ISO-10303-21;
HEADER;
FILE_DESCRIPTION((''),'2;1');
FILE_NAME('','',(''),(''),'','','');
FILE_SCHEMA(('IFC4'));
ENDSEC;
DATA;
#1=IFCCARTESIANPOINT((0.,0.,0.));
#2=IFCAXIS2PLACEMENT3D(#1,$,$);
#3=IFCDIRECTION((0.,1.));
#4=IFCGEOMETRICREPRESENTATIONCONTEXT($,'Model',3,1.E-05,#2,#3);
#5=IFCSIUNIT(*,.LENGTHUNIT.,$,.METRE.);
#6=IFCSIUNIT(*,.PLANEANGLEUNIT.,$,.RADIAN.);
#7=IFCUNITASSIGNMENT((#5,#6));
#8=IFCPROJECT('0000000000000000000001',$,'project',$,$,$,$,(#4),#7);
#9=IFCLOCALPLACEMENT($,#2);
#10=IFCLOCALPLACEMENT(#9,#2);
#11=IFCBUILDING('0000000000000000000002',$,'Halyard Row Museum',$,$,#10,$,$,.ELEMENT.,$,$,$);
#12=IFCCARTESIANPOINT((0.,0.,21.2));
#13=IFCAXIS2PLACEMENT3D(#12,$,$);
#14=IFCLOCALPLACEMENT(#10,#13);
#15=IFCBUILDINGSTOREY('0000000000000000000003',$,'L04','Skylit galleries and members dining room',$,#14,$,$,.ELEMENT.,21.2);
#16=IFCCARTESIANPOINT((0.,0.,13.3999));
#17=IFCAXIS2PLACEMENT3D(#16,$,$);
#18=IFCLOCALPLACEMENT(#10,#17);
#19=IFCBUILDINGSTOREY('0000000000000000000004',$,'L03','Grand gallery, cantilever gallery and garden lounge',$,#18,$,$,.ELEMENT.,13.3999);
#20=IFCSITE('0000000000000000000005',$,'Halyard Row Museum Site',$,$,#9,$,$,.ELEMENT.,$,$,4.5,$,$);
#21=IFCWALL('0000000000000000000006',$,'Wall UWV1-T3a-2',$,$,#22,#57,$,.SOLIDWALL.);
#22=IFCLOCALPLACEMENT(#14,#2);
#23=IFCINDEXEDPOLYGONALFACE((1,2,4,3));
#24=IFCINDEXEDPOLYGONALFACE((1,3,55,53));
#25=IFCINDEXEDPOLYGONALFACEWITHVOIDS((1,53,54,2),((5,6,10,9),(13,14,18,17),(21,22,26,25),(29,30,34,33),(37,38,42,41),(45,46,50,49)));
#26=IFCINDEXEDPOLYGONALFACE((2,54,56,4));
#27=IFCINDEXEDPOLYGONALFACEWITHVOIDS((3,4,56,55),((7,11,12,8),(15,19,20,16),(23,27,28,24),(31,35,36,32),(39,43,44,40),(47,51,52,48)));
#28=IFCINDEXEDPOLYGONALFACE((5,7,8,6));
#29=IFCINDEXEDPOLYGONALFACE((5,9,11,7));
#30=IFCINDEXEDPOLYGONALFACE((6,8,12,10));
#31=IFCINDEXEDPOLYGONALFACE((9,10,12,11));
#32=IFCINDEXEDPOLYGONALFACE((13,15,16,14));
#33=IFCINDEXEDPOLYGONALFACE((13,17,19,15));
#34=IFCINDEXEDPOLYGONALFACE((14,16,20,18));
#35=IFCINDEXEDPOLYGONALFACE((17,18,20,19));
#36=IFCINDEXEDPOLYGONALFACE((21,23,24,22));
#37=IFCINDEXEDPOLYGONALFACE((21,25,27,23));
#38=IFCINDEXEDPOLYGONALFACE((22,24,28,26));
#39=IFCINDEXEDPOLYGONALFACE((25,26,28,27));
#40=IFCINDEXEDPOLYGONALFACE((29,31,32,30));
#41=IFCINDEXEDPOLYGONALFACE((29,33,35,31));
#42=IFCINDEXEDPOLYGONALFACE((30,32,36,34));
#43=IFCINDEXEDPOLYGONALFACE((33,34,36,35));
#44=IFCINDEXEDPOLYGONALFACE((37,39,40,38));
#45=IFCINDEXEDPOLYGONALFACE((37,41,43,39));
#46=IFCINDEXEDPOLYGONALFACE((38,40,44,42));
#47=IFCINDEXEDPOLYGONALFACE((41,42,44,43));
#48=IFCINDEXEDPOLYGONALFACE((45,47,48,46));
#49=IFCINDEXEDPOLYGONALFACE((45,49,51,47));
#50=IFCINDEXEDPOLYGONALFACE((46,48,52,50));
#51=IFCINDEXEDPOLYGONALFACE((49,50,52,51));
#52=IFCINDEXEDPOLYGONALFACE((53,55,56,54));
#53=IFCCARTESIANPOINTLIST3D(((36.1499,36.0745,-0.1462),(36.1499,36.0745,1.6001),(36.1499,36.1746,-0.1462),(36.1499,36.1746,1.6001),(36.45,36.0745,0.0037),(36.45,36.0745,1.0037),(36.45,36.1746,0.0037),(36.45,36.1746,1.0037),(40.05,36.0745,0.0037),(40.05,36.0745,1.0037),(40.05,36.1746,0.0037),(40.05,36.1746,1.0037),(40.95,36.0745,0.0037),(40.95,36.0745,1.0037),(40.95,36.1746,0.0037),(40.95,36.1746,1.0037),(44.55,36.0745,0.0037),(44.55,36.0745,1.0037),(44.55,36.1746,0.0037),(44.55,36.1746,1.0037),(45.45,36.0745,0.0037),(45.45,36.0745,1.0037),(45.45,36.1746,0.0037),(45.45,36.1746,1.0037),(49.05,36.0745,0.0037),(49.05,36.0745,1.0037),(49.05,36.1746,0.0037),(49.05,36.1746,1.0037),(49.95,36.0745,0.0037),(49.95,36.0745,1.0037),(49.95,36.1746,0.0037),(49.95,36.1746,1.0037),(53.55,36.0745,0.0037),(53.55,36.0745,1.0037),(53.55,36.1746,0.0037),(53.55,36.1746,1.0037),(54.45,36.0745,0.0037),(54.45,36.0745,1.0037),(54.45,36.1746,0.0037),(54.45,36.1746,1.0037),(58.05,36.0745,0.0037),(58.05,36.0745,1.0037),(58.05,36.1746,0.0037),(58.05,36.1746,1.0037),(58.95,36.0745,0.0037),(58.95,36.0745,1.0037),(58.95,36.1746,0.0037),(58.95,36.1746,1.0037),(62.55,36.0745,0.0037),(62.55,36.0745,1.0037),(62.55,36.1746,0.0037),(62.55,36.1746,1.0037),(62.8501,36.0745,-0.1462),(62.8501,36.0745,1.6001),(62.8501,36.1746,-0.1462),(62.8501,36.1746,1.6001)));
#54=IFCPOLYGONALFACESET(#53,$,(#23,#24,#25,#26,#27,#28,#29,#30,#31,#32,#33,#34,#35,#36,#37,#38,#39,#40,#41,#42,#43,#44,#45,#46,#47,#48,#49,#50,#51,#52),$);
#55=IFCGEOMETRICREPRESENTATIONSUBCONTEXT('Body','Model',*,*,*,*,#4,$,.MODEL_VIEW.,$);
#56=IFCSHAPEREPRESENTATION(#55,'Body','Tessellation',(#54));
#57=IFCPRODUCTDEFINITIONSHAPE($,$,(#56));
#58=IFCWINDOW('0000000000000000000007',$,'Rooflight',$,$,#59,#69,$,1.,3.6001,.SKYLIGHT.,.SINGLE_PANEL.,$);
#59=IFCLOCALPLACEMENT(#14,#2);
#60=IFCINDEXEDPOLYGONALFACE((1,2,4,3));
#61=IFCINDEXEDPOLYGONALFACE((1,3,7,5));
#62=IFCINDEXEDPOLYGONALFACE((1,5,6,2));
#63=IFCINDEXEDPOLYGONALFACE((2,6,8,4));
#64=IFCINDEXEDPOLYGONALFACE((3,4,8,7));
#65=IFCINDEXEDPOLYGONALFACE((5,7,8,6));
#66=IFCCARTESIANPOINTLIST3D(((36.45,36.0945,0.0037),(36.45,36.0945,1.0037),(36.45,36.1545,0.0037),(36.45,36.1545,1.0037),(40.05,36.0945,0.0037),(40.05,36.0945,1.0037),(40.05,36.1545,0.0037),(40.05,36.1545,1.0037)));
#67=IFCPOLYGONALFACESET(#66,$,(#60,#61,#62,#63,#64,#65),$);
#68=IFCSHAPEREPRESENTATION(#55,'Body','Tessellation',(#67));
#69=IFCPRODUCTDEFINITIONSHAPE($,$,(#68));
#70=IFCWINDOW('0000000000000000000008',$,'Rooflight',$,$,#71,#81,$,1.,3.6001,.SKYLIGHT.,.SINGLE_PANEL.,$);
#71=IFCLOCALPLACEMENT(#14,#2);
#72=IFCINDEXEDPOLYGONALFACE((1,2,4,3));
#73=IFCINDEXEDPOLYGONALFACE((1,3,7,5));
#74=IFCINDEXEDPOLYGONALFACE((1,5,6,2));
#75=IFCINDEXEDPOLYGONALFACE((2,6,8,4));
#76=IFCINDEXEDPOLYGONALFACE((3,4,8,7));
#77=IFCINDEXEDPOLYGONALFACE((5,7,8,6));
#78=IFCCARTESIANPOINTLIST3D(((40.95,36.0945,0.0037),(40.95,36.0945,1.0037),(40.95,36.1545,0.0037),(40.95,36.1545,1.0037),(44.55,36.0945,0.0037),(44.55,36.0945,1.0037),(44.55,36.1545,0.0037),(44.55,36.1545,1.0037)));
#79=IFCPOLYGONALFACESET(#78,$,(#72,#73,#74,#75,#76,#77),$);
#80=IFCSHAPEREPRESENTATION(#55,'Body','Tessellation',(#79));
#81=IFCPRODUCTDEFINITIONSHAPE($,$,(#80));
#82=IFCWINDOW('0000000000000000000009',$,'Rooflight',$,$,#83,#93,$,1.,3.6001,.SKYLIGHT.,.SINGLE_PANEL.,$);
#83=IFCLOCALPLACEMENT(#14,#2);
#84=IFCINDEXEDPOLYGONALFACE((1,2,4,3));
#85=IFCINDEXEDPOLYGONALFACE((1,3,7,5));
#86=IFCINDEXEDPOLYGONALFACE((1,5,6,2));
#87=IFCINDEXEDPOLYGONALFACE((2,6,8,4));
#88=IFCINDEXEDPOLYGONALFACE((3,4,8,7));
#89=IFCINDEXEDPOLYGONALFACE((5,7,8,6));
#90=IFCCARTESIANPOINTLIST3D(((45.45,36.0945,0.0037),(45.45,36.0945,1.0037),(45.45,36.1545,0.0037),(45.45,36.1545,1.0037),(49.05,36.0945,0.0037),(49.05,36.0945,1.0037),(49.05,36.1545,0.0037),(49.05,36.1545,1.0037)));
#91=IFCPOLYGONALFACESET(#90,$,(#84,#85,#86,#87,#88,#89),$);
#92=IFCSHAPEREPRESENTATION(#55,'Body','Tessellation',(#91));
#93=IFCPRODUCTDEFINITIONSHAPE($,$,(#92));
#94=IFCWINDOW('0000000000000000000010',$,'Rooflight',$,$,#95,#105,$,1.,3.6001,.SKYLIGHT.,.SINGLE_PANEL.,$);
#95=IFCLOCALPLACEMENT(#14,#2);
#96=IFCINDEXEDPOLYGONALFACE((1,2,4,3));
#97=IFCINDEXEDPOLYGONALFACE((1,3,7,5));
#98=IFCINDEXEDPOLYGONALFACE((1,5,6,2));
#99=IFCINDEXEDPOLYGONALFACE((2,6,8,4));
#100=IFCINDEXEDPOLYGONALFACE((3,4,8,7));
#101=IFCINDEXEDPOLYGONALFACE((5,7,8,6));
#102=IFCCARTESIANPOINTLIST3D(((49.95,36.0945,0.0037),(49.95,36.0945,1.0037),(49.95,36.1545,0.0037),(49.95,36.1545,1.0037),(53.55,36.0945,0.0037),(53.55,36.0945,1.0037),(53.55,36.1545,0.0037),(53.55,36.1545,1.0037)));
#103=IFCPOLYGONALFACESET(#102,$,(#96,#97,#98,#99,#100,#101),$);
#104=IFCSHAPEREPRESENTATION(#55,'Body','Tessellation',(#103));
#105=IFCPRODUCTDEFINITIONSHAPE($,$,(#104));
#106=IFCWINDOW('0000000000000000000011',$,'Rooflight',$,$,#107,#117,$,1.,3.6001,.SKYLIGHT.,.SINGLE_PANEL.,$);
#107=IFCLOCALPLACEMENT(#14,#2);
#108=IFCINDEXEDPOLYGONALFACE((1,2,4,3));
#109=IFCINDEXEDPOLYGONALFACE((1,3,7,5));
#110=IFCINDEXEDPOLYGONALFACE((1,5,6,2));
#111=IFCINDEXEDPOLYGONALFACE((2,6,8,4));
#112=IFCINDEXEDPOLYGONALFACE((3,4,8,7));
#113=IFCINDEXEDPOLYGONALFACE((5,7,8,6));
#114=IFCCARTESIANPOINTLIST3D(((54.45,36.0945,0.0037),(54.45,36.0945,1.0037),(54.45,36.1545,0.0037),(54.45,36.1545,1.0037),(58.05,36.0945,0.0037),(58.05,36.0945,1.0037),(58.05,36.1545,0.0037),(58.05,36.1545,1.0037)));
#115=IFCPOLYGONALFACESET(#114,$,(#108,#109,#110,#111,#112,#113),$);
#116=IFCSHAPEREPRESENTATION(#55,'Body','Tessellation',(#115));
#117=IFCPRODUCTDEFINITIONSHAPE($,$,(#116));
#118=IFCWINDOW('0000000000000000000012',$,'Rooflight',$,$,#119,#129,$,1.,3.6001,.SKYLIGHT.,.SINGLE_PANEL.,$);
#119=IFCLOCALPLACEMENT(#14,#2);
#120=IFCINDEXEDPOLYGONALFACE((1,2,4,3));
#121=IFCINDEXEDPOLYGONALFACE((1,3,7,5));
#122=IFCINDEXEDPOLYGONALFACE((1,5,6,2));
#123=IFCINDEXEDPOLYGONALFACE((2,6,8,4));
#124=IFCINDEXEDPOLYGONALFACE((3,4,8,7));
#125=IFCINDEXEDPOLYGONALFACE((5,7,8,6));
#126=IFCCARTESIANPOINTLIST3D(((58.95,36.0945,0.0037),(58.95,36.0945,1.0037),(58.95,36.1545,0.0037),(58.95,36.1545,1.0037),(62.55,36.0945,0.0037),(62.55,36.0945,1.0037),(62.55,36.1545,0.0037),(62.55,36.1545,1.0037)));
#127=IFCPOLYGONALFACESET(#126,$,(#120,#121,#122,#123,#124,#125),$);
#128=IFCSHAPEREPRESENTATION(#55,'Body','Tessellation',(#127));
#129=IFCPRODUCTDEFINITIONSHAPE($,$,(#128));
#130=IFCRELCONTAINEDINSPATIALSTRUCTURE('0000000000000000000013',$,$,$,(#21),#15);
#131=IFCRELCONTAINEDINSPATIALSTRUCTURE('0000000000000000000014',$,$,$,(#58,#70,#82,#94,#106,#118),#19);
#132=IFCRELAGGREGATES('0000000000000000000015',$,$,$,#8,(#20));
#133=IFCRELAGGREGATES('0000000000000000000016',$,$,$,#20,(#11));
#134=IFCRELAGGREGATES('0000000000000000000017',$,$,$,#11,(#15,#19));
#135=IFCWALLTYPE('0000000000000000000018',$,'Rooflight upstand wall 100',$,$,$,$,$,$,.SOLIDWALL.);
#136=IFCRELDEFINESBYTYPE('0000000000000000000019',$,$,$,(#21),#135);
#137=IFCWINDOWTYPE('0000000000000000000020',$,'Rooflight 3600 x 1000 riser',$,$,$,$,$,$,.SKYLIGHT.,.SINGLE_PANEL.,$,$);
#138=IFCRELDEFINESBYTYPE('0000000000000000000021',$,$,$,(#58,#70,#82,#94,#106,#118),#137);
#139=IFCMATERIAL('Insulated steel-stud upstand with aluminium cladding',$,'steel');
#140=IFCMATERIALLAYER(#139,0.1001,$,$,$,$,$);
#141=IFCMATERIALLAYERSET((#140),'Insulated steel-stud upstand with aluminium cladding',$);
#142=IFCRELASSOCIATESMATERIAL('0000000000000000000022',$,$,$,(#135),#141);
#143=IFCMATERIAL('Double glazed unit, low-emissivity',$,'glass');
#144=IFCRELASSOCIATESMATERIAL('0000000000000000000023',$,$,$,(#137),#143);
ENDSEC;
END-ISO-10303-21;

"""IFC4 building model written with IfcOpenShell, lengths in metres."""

from ifc_helpers import new_model, si_unit, direction, frame, frame_2d, origin, place, context, subcontext, project, spatial, rectangle, extrude, material, layer, layer_set, type_object, element, fill, save


model = new_model("IFC4")

# Units and contexts
model_context = context("Model", 3, precision=1e-05, world=origin(), true_north=direction((0.0, 1.0)))
body_context = subcontext(model_context, "Body", "Model", "MODEL_VIEW")
ifc_project = project(units=[si_unit("LENGTHUNIT", "METRE"), si_unit("PLANEANGLEUNIT", "RADIAN")], contexts=[model_context])

# Site, building, storey
site_placement = place(None, origin())
site = spatial("IfcSite", under=ifc_project, at=site_placement, Name="Halyard Row Museum Site", CompositionType="ELEMENT", RefElevation=4.5)
building_placement = place(site_placement, origin())
building = spatial("IfcBuilding", under=site, at=building_placement, Name="Halyard Row Museum", CompositionType="ELEMENT")
storey_1_placement = place(building_placement, frame((0.0, 0.0, 21.2)))
storey_1 = spatial("IfcBuildingStorey", under=building, at=storey_1_placement, Name="L04", Description="Skylit galleries and members dining room", CompositionType="ELEMENT", Elevation=21.2)

# Shared definitions
ifc_material_1 = material(Name="Insulated steel-stud upstand with aluminium cladding", Category="steel")
ifc_layer_1 = layer(ifc_material_1, 0.1001)
ifc_layer_set_1 = layer_set([ifc_layer_1], Name="Insulated steel-stud upstand with aluminium cladding")
wall_type_1 = type_object("IfcWallType", Name="Rooflight upstand wall 100", PredefinedType="SOLIDWALL", material=ifc_layer_set_1)

# Shared definitions
storey_2_placement = place(building_placement, frame((0.0, 0.0, 13.3999)))
storey_2 = spatial("IfcBuildingStorey", under=building, at=storey_2_placement, Name="L03", Description="Grand gallery, cantilever gallery and garden lounge", CompositionType="ELEMENT", Elevation=13.3999)

# Shared definitions
ifc_material_2 = material(Name="Double glazed unit, low-emissivity", Category="glass")
window_type = type_object("IfcWindowType", Name="Rooflight 3600 x 1000 riser", PartitioningType="SINGLE_PANEL", PredefinedType="SKYLIGHT", material=ifc_material_2)

# Wall, openings, windows
wall_1_placement = place(storey_1_placement, frame((36.1499, 36.1245, -0.1462), z_axis=(0.0, 0.0, 1.0), x_axis=(1.0, 0.0, 0.0)))
wall_1 = element("IfcWall", 1, at=wall_1_placement, inside=storey_1, type_object=wall_type_1, Name="Wall UWV1-T3a-2", PredefinedType="SOLIDWALL", context=body_context, shape_type="SweptSolid", body=[
    extrude(rectangle(XDim=26.7002, YDim=0.1001, at=frame_2d((13.3501, 0.0))), origin(), (0.0, 0.0, 1.0), 1.7463),
])
opening_1_placement = place(wall_1_placement, frame((0.3, 0.0, 0.1499)))
opening_1 = element("IfcOpeningElement", 2, at=opening_1_placement, cuts=wall_1, PredefinedType="OPENING", context=body_context, shape_type="SweptSolid", body=[
    extrude(rectangle(XDim=3.6001, YDim=1.0, at=frame_2d((1.8, 0.5))), frame((0.0, 0.0601, 0.0), z_axis=(0.0, -1.0, 0.0), x_axis=(1.0, 0.0, 0.0)), (0.0, 0.0, 1.0), 0.1201),
])
opening_2_placement = place(wall_1_placement, frame((4.8, 0.0, 0.1499)))
opening_2 = element("IfcOpeningElement", 3, at=opening_2_placement, cuts=wall_1, PredefinedType="OPENING", context=body_context, shape_type="SweptSolid", body=[
    extrude(rectangle(XDim=3.6001, YDim=1.0, at=frame_2d((1.8, 0.5))), frame((0.0, 0.0601, 0.0), z_axis=(0.0, -1.0, 0.0), x_axis=(1.0, 0.0, 0.0)), (0.0, 0.0, 1.0), 0.1201),
])
opening_3_placement = place(wall_1_placement, frame((9.3, 0.0, 0.1499)))
opening_3 = element("IfcOpeningElement", 4, at=opening_3_placement, cuts=wall_1, PredefinedType="OPENING", context=body_context, shape_type="SweptSolid", body=[
    extrude(rectangle(XDim=3.6001, YDim=1.0, at=frame_2d((1.8, 0.5))), frame((0.0, 0.0601, 0.0), z_axis=(0.0, -1.0, 0.0), x_axis=(1.0, 0.0, 0.0)), (0.0, 0.0, 1.0), 0.1201),
])
opening_4_placement = place(wall_1_placement, frame((13.8, 0.0, 0.1499)))
opening_4 = element("IfcOpeningElement", 5, at=opening_4_placement, cuts=wall_1, PredefinedType="OPENING", context=body_context, shape_type="SweptSolid", body=[
    extrude(rectangle(XDim=3.6001, YDim=1.0, at=frame_2d((1.8, 0.5))), frame((0.0, 0.0601, 0.0), z_axis=(0.0, -1.0, 0.0), x_axis=(1.0, 0.0, 0.0)), (0.0, 0.0, 1.0), 0.1201),
])
opening_5_placement = place(wall_1_placement, frame((18.3, 0.0, 0.1499)))
opening_5 = element("IfcOpeningElement", 6, at=opening_5_placement, cuts=wall_1, PredefinedType="OPENING", context=body_context, shape_type="SweptSolid", body=[
    extrude(rectangle(XDim=3.6001, YDim=1.0, at=frame_2d((1.8, 0.5))), frame((0.0, 0.0601, 0.0), z_axis=(0.0, -1.0, 0.0), x_axis=(1.0, 0.0, 0.0)), (0.0, 0.0, 1.0), 0.1201),
])
opening_6_placement = place(wall_1_placement, frame((22.8, 0.0, 0.1499)))
opening_6 = element("IfcOpeningElement", 7, at=opening_6_placement, cuts=wall_1, PredefinedType="OPENING", context=body_context, shape_type="SweptSolid", body=[
    extrude(rectangle(XDim=3.6001, YDim=1.0, at=frame_2d((1.8, 0.5))), frame((0.0, 0.0601, 0.0), z_axis=(0.0, -1.0, 0.0), x_axis=(1.0, 0.0, 0.0)), (0.0, 0.0, 1.0), 0.1201),
])
window_1_placement = place(opening_1_placement, origin())
window_1 = element("IfcWindow", 8, at=window_1_placement, inside=storey_2, type_object=window_type, Name="Rooflight", OverallHeight=1.0, OverallWidth=3.6001, PartitioningType="SINGLE_PANEL", PredefinedType="SKYLIGHT", context=body_context, shape_type="SweptSolid", body=[
    extrude(rectangle(XDim=3.6001, YDim=1.0, at=frame_2d((1.8, 0.5))), frame((0.0, 0.03, 0.0), z_axis=(0.0, -1.0, 0.0), x_axis=(1.0, 0.0, 0.0)), (0.0, 0.0, 1.0), 0.0601),
])
fill(opening_1, window_1)
window_2_placement = place(opening_2_placement, origin())
window_2 = element("IfcWindow", 9, at=window_2_placement, inside=storey_2, type_object=window_type, Name="Rooflight", OverallHeight=1.0, OverallWidth=3.6001, PartitioningType="SINGLE_PANEL", PredefinedType="SKYLIGHT", context=body_context, shape_type="SweptSolid", body=[
    extrude(rectangle(XDim=3.6001, YDim=1.0, at=frame_2d((1.8, 0.5))), frame((0.0, 0.03, 0.0), z_axis=(0.0, -1.0, 0.0), x_axis=(1.0, 0.0, 0.0)), (0.0, 0.0, 1.0), 0.0601),
])
fill(opening_2, window_2)
window_3_placement = place(opening_3_placement, origin())
window_3 = element("IfcWindow", 10, at=window_3_placement, inside=storey_2, type_object=window_type, Name="Rooflight", OverallHeight=1.0, OverallWidth=3.6001, PartitioningType="SINGLE_PANEL", PredefinedType="SKYLIGHT", context=body_context, shape_type="SweptSolid", body=[
    extrude(rectangle(XDim=3.6001, YDim=1.0, at=frame_2d((1.8, 0.5))), frame((0.0, 0.03, 0.0), z_axis=(0.0, -1.0, 0.0), x_axis=(1.0, 0.0, 0.0)), (0.0, 0.0, 1.0), 0.0601),
])
fill(opening_3, window_3)
window_4_placement = place(opening_4_placement, origin())
window_4 = element("IfcWindow", 11, at=window_4_placement, inside=storey_2, type_object=window_type, Name="Rooflight", OverallHeight=1.0, OverallWidth=3.6001, PartitioningType="SINGLE_PANEL", PredefinedType="SKYLIGHT", context=body_context, shape_type="SweptSolid", body=[
    extrude(rectangle(XDim=3.6001, YDim=1.0, at=frame_2d((1.8, 0.5))), frame((0.0, 0.03, 0.0), z_axis=(0.0, -1.0, 0.0), x_axis=(1.0, 0.0, 0.0)), (0.0, 0.0, 1.0), 0.0601),
])
fill(opening_4, window_4)
window_5_placement = place(opening_5_placement, origin())
window_5 = element("IfcWindow", 12, at=window_5_placement, inside=storey_2, type_object=window_type, Name="Rooflight", OverallHeight=1.0, OverallWidth=3.6001, PartitioningType="SINGLE_PANEL", PredefinedType="SKYLIGHT", context=body_context, shape_type="SweptSolid", body=[
    extrude(rectangle(XDim=3.6001, YDim=1.0, at=frame_2d((1.8, 0.5))), frame((0.0, 0.03, 0.0), z_axis=(0.0, -1.0, 0.0), x_axis=(1.0, 0.0, 0.0)), (0.0, 0.0, 1.0), 0.0601),
])
fill(opening_5, window_5)
window_6_placement = place(opening_6_placement, origin())
window_6 = element("IfcWindow", 13, at=window_6_placement, inside=storey_2, type_object=window_type, Name="Rooflight", OverallHeight=1.0, OverallWidth=3.6001, PartitioningType="SINGLE_PANEL", PredefinedType="SKYLIGHT", context=body_context, shape_type="SweptSolid", body=[
    extrude(rectangle(XDim=3.6001, YDim=1.0, at=frame_2d((1.8, 0.5))), frame((0.0, 0.03, 0.0), z_axis=(0.0, -1.0, 0.0), x_axis=(1.0, 0.0, 0.0)), (0.0, 0.0, 1.0), 0.0601),
])
fill(opening_6, window_6)

save(model, "model.ifc")
